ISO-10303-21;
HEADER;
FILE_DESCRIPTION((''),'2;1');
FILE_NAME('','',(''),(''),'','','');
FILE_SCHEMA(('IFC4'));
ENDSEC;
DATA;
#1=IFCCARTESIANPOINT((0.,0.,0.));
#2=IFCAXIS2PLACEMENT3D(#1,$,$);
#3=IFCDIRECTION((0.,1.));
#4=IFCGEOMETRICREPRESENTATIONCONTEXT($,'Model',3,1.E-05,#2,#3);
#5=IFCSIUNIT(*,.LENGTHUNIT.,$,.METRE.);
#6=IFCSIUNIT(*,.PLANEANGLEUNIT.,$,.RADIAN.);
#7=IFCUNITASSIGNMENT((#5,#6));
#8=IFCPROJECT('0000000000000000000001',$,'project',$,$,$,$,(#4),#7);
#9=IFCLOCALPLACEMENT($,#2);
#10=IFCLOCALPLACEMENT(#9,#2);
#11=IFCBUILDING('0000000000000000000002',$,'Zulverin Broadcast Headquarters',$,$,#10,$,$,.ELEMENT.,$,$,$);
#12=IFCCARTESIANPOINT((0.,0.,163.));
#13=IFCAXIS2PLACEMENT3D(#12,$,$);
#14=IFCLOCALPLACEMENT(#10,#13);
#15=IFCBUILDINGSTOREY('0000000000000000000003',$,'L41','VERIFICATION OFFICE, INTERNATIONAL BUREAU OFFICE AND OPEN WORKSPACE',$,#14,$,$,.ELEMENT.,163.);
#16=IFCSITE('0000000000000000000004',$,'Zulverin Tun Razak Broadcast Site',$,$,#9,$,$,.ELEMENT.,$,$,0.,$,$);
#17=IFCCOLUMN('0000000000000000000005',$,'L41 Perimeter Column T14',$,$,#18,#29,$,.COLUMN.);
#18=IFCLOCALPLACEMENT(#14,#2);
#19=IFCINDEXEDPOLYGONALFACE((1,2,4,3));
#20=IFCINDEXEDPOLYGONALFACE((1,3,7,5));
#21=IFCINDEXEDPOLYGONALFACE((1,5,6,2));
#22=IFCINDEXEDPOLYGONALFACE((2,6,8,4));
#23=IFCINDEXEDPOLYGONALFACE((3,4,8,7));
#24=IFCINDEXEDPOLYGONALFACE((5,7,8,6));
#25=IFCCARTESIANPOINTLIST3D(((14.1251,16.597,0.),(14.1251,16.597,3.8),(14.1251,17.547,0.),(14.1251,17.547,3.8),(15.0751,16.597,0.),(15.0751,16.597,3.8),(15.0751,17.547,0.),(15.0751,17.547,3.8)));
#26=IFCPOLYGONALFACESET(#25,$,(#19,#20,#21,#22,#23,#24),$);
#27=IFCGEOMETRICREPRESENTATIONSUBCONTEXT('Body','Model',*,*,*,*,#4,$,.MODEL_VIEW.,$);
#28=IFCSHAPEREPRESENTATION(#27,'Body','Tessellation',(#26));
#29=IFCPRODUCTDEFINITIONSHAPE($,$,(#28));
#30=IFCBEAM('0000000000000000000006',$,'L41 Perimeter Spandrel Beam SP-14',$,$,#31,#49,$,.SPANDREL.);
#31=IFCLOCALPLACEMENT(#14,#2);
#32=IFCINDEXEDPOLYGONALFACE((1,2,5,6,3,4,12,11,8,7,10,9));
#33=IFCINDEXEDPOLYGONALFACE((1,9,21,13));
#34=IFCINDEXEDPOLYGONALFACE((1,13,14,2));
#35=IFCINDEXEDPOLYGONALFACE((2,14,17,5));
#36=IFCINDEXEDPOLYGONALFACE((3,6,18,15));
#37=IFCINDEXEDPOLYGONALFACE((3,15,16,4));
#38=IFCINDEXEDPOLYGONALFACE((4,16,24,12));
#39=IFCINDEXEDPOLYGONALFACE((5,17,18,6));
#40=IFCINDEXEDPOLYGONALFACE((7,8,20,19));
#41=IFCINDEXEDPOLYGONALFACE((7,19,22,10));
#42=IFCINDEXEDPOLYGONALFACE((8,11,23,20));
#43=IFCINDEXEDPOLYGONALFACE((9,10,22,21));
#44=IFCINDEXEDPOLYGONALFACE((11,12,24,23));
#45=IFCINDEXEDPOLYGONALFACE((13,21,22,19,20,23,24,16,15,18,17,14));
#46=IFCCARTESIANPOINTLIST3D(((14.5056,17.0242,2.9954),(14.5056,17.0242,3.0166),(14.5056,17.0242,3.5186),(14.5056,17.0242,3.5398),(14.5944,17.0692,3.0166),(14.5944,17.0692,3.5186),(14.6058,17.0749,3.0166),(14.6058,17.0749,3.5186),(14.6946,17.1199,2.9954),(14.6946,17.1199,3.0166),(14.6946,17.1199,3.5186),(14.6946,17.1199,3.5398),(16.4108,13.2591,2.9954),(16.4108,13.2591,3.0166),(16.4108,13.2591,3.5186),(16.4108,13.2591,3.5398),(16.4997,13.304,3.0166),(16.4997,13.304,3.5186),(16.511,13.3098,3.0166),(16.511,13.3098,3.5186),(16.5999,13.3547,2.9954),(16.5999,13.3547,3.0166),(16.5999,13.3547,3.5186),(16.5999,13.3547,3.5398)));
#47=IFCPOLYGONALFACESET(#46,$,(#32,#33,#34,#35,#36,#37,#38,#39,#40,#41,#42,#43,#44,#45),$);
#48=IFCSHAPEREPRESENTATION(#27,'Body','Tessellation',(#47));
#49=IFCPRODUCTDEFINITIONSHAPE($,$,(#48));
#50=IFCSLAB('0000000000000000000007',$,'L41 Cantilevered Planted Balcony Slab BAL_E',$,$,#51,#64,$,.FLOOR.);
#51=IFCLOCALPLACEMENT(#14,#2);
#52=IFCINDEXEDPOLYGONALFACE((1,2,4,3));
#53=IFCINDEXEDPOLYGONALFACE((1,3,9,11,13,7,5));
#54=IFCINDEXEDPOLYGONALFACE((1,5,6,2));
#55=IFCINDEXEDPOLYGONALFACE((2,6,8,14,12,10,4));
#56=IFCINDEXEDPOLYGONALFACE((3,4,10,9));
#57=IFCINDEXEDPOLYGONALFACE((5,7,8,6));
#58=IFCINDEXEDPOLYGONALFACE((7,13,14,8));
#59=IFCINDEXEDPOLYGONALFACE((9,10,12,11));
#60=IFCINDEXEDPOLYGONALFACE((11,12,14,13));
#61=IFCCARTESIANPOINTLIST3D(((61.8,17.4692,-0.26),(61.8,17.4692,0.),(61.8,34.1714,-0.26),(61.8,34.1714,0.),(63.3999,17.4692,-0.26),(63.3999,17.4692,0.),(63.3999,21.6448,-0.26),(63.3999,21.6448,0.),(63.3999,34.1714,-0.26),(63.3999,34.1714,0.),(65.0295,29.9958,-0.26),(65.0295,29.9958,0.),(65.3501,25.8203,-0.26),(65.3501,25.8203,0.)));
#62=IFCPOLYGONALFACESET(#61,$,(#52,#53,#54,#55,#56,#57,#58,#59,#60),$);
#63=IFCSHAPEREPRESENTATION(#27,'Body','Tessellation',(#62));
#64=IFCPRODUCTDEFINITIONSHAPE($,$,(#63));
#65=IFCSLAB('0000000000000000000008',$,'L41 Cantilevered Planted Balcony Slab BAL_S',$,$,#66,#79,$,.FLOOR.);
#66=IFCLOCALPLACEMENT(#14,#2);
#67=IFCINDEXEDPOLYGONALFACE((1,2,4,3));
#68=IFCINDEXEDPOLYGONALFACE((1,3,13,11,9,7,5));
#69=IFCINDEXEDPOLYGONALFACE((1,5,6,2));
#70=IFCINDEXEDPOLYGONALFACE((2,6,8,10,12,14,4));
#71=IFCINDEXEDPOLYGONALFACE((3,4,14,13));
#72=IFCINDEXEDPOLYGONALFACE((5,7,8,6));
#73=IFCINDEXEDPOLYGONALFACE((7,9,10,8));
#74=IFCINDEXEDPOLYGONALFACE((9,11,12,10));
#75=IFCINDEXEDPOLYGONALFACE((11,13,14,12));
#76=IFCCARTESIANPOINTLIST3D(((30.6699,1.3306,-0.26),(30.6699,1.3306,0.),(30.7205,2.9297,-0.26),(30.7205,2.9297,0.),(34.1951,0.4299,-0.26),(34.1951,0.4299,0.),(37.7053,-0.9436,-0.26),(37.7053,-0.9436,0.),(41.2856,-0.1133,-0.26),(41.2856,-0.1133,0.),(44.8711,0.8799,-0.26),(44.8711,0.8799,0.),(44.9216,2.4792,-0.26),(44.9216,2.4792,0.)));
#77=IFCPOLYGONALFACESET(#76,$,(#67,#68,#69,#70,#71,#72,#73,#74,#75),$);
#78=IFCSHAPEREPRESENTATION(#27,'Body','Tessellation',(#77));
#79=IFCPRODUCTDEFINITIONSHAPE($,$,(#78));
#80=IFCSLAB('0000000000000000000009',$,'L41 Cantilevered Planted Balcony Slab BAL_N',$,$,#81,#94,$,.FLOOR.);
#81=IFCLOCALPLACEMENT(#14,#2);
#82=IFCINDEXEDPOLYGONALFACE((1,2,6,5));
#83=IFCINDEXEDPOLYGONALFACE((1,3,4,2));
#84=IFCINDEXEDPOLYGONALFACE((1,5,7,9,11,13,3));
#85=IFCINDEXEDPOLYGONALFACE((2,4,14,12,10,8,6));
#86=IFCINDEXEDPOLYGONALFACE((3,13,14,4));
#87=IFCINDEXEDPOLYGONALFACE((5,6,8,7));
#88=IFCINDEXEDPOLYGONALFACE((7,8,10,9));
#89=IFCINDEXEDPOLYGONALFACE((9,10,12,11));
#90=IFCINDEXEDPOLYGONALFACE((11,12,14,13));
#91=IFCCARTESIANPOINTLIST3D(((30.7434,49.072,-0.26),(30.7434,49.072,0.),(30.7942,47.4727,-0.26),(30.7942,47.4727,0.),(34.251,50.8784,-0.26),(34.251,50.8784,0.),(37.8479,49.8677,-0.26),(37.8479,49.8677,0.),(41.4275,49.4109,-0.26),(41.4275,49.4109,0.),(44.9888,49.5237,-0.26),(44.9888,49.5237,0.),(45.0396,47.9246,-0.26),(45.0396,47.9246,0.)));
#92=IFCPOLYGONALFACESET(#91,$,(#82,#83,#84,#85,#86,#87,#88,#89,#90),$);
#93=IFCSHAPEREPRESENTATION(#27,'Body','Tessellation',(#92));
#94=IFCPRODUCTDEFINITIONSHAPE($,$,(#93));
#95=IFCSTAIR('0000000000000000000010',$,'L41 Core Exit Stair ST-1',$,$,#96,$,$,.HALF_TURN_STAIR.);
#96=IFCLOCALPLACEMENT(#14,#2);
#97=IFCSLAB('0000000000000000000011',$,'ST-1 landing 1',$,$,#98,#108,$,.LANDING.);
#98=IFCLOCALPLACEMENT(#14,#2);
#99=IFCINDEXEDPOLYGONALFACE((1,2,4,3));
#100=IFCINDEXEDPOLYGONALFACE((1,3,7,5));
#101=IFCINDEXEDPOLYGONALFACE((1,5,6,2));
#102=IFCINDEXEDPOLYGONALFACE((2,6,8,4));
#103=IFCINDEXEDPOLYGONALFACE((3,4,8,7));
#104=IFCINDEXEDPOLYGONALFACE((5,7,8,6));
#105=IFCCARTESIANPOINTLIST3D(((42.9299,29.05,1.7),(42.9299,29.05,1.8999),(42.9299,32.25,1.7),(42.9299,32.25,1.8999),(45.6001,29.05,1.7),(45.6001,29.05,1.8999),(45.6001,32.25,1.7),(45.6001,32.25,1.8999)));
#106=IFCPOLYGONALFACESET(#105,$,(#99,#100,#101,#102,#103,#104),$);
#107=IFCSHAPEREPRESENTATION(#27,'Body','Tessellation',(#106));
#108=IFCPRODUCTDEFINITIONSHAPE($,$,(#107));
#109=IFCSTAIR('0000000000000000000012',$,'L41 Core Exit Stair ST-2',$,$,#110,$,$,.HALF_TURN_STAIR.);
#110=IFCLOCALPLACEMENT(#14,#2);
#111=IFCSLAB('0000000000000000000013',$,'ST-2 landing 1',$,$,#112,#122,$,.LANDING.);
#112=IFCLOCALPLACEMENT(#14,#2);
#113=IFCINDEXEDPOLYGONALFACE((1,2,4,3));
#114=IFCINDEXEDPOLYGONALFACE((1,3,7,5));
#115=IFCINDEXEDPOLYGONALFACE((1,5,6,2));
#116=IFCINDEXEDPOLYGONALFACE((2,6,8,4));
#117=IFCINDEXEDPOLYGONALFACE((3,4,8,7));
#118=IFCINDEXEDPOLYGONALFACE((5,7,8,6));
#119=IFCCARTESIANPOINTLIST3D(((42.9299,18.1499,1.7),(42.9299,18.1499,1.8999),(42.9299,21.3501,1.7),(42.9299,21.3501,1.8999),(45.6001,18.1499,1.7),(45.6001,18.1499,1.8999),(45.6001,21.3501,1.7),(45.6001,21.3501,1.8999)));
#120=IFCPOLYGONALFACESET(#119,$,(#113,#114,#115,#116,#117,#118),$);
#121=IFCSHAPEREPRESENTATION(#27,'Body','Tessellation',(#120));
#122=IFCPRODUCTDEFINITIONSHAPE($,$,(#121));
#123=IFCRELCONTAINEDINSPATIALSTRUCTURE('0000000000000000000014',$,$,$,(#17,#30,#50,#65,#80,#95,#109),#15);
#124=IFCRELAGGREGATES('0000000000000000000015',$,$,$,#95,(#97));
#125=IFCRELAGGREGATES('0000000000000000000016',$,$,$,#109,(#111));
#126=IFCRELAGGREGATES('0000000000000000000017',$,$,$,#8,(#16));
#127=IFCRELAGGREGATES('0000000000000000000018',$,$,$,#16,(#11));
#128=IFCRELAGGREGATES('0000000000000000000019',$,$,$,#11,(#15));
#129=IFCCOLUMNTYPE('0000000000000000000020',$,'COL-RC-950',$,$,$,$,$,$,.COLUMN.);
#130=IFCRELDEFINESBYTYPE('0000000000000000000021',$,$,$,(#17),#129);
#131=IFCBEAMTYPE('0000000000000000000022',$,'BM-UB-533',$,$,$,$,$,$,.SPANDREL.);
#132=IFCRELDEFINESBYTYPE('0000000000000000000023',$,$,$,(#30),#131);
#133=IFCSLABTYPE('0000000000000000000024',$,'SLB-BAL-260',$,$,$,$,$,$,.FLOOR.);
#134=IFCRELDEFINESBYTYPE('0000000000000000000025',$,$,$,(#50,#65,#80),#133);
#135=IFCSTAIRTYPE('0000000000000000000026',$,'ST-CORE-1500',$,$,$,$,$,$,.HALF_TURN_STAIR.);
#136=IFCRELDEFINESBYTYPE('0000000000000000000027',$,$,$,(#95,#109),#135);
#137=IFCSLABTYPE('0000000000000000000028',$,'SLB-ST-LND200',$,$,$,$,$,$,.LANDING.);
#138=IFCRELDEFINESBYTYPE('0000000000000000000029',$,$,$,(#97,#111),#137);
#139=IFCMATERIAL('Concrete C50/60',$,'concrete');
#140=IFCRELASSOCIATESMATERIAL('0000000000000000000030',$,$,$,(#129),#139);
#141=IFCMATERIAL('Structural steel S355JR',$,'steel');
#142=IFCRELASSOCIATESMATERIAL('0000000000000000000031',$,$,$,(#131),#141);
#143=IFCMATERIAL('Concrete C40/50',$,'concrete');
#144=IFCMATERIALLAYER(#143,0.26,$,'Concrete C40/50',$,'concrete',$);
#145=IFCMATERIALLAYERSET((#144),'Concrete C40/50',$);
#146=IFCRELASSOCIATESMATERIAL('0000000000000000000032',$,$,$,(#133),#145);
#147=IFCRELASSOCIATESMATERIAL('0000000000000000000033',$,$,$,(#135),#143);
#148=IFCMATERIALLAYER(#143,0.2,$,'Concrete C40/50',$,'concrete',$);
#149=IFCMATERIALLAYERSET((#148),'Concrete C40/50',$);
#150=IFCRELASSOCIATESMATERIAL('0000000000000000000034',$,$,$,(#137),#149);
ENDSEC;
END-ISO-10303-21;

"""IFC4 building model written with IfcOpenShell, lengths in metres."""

from ifc_helpers import new_model, si_unit, direction, frame, origin, origin_2d, place, context, subcontext, project, spatial, polyline, rectangle, i_section, outline, extrude, material, layer, layer_set, material_profile, profile_set, type_object, element, aggregate, save


model = new_model("IFC4")

# Units and contexts
model_context = context("Model", 3, precision=1e-05, world=origin(), true_north=direction((0.0, 1.0)))
body_context = subcontext(model_context, "Body", "Model", "MODEL_VIEW")
ifc_project = project(units=[si_unit("LENGTHUNIT", "METRE"), si_unit("PLANEANGLEUNIT", "RADIAN")], contexts=[model_context])

# Site, building, storey
site_placement = place(None, origin())
site = spatial("IfcSite", under=ifc_project, at=site_placement, Name="Zulverin Tun Razak Broadcast Site", CompositionType="ELEMENT", RefElevation=0.0)
building_placement = place(site_placement, origin())
building = spatial("IfcBuilding", under=site, at=building_placement, Name="Zulverin Broadcast Headquarters", CompositionType="ELEMENT")
storey_placement = place(building_placement, frame((0.0, 0.0, 163.0)))
storey = spatial("IfcBuildingStorey", under=building, at=storey_placement, Name="L41", Description="VERIFICATION OFFICE, INTERNATIONAL BUREAU OFFICE AND OPEN WORKSPACE", CompositionType="ELEMENT", Elevation=163.0)

# Column
ifc_material_1 = material(Name="Concrete C50/60", Category="concrete")
ifc_material_profile_1 = material_profile(ifc_material_1, rectangle(XDim=0.95, YDim=0.95, at=origin_2d()), Name="Concrete C50/60", Category="concrete")
ifc_profile_set_1 = profile_set([ifc_material_profile_1], Name="Concrete C50/60")
column_type = type_object("IfcColumnType", Name="COL-RC-950", PredefinedType="COLUMN", material=ifc_profile_set_1)
column_placement = place(storey_placement, frame((14.6001, 17.072, 0.0), z_axis=(0.0, 0.0, 1.0), x_axis=(1.0, 0.0, 0.0)))
element("IfcColumn", 1, at=column_placement, inside=storey, type_object=column_type, Name="L41 Perimeter Column T14", PredefinedType="COLUMN", context=body_context, shape_type="SweptSolid", body=[
    extrude(rectangle(XDim=0.95, YDim=0.95, at=origin_2d()), origin(), (0.0, 0.0, 1.0), 3.8),
])

# Beam
ifc_material_2 = material(Name="Structural steel S355JR", Category="steel")
ifc_material_profile_2 = material_profile(ifc_material_2, i_section(OverallWidth=0.2119, OverallDepth=0.5444, WebThickness=0.0127, FlangeThickness=0.0212, at=origin_2d()), Name="Structural steel S355JR", Category="steel")
ifc_profile_set_2 = profile_set([ifc_material_profile_2], Name="Structural steel S355JR")
beam_type = type_object("IfcBeamType", Name="BM-UB-533", PredefinedType="SPANDREL", material=ifc_profile_set_2)
beam_placement = place(storey_placement, frame((14.6001, 17.072, 3.2676), z_axis=(0.451513, -0.892265, 0.0), x_axis=(0.892265, 0.451513, 0.0)))
element("IfcBeam", 2, at=beam_placement, inside=storey, type_object=beam_type, Name="L41 Perimeter Spandrel Beam SP-14", PredefinedType="SPANDREL", context=body_context, shape_type="SweptSolid", body=[
    extrude(i_section(OverallWidth=0.2119, OverallDepth=0.5444, WebThickness=0.0127, FlangeThickness=0.0212, at=origin_2d()), origin(), (0.0, 0.0, 1.0), 4.2197),
])

# Slabs
ifc_material_3 = material(Name="Concrete C40/50", Category="concrete")
ifc_layer_1 = layer(ifc_material_3, 0.26, Name="Concrete C40/50", Category="concrete")
ifc_layer_set_1 = layer_set([ifc_layer_1], Name="Concrete C40/50")
slab_type_1 = type_object("IfcSlabType", Name="SLB-BAL-260", PredefinedType="FLOOR", material=ifc_layer_set_1)
slab_1_placement = place(storey_placement, frame((0.0, 0.0, -0.26)))
element("IfcSlab", 3, at=slab_1_placement, inside=storey, type_object=slab_type_1, Name="L41 Cantilevered Planted Balcony Slab BAL_E", PredefinedType="FLOOR", context=body_context, shape_type="SweptSolid", body=[
    extrude(outline(polyline([(61.8, 34.1714), (61.8, 17.4692), (63.3999, 17.4692), (63.3999, 21.6448), (65.3501, 25.8203), (65.0295, 29.9958), (63.3999, 34.1714), (61.8, 34.1714)])), origin(), (0.0, 0.0, 1.0), 0.26),
])
slab_2_placement = place(storey_placement, frame((0.0, 0.0, -0.26)))
element("IfcSlab", 4, at=slab_2_placement, inside=storey, type_object=slab_type_1, Name="L41 Cantilevered Planted Balcony Slab BAL_S", PredefinedType="FLOOR", context=body_context, shape_type="SweptSolid", body=[
    extrude(outline(polyline([(44.9216, 2.4792), (30.7205, 2.9297), (30.6699, 1.3306), (34.1951, 0.4299), (37.7053, -0.9436), (41.2856, -0.1133), (44.8711, 0.8799), (44.9216, 2.4792)])), origin(), (0.0, 0.0, 1.0), 0.26),
])
slab_3_placement = place(storey_placement, frame((0.0, 0.0, -0.26)))
element("IfcSlab", 5, at=slab_3_placement, inside=storey, type_object=slab_type_1, Name="L41 Cantilevered Planted Balcony Slab BAL_N", PredefinedType="FLOOR", context=body_context, shape_type="SweptSolid", body=[
    extrude(outline(polyline([(30.7942, 47.4727), (45.0396, 47.9246), (44.9888, 49.5237), (41.4275, 49.4109), (37.8479, 49.8677), (34.251, 50.8784), (30.7434, 49.072), (30.7942, 47.4727)])), origin(), (0.0, 0.0, 1.0), 0.26),
])

# Stairs, slabs
stair_type = type_object("IfcStairType", Name="ST-CORE-1500", PredefinedType="HALF_TURN_STAIR", material=ifc_material_3)
stair_1_placement = place(storey_placement, origin())
stair_1 = element("IfcStair", 6, at=stair_1_placement, inside=storey, type_object=stair_type, Name="L41 Core Exit Stair ST-1", PredefinedType="HALF_TURN_STAIR")
ifc_layer_2 = layer(ifc_material_3, 0.2, Name="Concrete C40/50", Category="concrete")
ifc_layer_set_2 = layer_set([ifc_layer_2], Name="Concrete C40/50")
slab_type_2 = type_object("IfcSlabType", Name="SLB-ST-LND200", PredefinedType="LANDING", material=ifc_layer_set_2)
slab_4_placement = place(storey_placement, frame((0.0, 0.0, 1.7)))
slab_4 = element("IfcSlab", 7, at=slab_4_placement, type_object=slab_type_2, Name="ST-1 landing 1", PredefinedType="LANDING", context=body_context, shape_type="SweptSolid", body=[
    extrude(outline(polyline([(42.9299, 29.05), (45.6001, 29.05), (45.6001, 32.25), (42.9299, 32.25), (42.9299, 29.05)])), origin(), (0.0, 0.0, 1.0), 0.2),
])
aggregate(stair_1, [slab_4])
stair_2_placement = place(storey_placement, origin())
stair_2 = element("IfcStair", 8, at=stair_2_placement, inside=storey, type_object=stair_type, Name="L41 Core Exit Stair ST-2", PredefinedType="HALF_TURN_STAIR")
slab_5_placement = place(storey_placement, frame((0.0, 0.0, 1.7)))
slab_5 = element("IfcSlab", 9, at=slab_5_placement, type_object=slab_type_2, Name="ST-2 landing 1", PredefinedType="LANDING", context=body_context, shape_type="SweptSolid", body=[
    extrude(outline(polyline([(42.9299, 18.1499), (45.6001, 18.1499), (45.6001, 21.3501), (42.9299, 21.3501), (42.9299, 18.1499)])), origin(), (0.0, 0.0, 1.0), 0.2),
])
aggregate(stair_2, [slab_5])

save(model, "model.ifc")
